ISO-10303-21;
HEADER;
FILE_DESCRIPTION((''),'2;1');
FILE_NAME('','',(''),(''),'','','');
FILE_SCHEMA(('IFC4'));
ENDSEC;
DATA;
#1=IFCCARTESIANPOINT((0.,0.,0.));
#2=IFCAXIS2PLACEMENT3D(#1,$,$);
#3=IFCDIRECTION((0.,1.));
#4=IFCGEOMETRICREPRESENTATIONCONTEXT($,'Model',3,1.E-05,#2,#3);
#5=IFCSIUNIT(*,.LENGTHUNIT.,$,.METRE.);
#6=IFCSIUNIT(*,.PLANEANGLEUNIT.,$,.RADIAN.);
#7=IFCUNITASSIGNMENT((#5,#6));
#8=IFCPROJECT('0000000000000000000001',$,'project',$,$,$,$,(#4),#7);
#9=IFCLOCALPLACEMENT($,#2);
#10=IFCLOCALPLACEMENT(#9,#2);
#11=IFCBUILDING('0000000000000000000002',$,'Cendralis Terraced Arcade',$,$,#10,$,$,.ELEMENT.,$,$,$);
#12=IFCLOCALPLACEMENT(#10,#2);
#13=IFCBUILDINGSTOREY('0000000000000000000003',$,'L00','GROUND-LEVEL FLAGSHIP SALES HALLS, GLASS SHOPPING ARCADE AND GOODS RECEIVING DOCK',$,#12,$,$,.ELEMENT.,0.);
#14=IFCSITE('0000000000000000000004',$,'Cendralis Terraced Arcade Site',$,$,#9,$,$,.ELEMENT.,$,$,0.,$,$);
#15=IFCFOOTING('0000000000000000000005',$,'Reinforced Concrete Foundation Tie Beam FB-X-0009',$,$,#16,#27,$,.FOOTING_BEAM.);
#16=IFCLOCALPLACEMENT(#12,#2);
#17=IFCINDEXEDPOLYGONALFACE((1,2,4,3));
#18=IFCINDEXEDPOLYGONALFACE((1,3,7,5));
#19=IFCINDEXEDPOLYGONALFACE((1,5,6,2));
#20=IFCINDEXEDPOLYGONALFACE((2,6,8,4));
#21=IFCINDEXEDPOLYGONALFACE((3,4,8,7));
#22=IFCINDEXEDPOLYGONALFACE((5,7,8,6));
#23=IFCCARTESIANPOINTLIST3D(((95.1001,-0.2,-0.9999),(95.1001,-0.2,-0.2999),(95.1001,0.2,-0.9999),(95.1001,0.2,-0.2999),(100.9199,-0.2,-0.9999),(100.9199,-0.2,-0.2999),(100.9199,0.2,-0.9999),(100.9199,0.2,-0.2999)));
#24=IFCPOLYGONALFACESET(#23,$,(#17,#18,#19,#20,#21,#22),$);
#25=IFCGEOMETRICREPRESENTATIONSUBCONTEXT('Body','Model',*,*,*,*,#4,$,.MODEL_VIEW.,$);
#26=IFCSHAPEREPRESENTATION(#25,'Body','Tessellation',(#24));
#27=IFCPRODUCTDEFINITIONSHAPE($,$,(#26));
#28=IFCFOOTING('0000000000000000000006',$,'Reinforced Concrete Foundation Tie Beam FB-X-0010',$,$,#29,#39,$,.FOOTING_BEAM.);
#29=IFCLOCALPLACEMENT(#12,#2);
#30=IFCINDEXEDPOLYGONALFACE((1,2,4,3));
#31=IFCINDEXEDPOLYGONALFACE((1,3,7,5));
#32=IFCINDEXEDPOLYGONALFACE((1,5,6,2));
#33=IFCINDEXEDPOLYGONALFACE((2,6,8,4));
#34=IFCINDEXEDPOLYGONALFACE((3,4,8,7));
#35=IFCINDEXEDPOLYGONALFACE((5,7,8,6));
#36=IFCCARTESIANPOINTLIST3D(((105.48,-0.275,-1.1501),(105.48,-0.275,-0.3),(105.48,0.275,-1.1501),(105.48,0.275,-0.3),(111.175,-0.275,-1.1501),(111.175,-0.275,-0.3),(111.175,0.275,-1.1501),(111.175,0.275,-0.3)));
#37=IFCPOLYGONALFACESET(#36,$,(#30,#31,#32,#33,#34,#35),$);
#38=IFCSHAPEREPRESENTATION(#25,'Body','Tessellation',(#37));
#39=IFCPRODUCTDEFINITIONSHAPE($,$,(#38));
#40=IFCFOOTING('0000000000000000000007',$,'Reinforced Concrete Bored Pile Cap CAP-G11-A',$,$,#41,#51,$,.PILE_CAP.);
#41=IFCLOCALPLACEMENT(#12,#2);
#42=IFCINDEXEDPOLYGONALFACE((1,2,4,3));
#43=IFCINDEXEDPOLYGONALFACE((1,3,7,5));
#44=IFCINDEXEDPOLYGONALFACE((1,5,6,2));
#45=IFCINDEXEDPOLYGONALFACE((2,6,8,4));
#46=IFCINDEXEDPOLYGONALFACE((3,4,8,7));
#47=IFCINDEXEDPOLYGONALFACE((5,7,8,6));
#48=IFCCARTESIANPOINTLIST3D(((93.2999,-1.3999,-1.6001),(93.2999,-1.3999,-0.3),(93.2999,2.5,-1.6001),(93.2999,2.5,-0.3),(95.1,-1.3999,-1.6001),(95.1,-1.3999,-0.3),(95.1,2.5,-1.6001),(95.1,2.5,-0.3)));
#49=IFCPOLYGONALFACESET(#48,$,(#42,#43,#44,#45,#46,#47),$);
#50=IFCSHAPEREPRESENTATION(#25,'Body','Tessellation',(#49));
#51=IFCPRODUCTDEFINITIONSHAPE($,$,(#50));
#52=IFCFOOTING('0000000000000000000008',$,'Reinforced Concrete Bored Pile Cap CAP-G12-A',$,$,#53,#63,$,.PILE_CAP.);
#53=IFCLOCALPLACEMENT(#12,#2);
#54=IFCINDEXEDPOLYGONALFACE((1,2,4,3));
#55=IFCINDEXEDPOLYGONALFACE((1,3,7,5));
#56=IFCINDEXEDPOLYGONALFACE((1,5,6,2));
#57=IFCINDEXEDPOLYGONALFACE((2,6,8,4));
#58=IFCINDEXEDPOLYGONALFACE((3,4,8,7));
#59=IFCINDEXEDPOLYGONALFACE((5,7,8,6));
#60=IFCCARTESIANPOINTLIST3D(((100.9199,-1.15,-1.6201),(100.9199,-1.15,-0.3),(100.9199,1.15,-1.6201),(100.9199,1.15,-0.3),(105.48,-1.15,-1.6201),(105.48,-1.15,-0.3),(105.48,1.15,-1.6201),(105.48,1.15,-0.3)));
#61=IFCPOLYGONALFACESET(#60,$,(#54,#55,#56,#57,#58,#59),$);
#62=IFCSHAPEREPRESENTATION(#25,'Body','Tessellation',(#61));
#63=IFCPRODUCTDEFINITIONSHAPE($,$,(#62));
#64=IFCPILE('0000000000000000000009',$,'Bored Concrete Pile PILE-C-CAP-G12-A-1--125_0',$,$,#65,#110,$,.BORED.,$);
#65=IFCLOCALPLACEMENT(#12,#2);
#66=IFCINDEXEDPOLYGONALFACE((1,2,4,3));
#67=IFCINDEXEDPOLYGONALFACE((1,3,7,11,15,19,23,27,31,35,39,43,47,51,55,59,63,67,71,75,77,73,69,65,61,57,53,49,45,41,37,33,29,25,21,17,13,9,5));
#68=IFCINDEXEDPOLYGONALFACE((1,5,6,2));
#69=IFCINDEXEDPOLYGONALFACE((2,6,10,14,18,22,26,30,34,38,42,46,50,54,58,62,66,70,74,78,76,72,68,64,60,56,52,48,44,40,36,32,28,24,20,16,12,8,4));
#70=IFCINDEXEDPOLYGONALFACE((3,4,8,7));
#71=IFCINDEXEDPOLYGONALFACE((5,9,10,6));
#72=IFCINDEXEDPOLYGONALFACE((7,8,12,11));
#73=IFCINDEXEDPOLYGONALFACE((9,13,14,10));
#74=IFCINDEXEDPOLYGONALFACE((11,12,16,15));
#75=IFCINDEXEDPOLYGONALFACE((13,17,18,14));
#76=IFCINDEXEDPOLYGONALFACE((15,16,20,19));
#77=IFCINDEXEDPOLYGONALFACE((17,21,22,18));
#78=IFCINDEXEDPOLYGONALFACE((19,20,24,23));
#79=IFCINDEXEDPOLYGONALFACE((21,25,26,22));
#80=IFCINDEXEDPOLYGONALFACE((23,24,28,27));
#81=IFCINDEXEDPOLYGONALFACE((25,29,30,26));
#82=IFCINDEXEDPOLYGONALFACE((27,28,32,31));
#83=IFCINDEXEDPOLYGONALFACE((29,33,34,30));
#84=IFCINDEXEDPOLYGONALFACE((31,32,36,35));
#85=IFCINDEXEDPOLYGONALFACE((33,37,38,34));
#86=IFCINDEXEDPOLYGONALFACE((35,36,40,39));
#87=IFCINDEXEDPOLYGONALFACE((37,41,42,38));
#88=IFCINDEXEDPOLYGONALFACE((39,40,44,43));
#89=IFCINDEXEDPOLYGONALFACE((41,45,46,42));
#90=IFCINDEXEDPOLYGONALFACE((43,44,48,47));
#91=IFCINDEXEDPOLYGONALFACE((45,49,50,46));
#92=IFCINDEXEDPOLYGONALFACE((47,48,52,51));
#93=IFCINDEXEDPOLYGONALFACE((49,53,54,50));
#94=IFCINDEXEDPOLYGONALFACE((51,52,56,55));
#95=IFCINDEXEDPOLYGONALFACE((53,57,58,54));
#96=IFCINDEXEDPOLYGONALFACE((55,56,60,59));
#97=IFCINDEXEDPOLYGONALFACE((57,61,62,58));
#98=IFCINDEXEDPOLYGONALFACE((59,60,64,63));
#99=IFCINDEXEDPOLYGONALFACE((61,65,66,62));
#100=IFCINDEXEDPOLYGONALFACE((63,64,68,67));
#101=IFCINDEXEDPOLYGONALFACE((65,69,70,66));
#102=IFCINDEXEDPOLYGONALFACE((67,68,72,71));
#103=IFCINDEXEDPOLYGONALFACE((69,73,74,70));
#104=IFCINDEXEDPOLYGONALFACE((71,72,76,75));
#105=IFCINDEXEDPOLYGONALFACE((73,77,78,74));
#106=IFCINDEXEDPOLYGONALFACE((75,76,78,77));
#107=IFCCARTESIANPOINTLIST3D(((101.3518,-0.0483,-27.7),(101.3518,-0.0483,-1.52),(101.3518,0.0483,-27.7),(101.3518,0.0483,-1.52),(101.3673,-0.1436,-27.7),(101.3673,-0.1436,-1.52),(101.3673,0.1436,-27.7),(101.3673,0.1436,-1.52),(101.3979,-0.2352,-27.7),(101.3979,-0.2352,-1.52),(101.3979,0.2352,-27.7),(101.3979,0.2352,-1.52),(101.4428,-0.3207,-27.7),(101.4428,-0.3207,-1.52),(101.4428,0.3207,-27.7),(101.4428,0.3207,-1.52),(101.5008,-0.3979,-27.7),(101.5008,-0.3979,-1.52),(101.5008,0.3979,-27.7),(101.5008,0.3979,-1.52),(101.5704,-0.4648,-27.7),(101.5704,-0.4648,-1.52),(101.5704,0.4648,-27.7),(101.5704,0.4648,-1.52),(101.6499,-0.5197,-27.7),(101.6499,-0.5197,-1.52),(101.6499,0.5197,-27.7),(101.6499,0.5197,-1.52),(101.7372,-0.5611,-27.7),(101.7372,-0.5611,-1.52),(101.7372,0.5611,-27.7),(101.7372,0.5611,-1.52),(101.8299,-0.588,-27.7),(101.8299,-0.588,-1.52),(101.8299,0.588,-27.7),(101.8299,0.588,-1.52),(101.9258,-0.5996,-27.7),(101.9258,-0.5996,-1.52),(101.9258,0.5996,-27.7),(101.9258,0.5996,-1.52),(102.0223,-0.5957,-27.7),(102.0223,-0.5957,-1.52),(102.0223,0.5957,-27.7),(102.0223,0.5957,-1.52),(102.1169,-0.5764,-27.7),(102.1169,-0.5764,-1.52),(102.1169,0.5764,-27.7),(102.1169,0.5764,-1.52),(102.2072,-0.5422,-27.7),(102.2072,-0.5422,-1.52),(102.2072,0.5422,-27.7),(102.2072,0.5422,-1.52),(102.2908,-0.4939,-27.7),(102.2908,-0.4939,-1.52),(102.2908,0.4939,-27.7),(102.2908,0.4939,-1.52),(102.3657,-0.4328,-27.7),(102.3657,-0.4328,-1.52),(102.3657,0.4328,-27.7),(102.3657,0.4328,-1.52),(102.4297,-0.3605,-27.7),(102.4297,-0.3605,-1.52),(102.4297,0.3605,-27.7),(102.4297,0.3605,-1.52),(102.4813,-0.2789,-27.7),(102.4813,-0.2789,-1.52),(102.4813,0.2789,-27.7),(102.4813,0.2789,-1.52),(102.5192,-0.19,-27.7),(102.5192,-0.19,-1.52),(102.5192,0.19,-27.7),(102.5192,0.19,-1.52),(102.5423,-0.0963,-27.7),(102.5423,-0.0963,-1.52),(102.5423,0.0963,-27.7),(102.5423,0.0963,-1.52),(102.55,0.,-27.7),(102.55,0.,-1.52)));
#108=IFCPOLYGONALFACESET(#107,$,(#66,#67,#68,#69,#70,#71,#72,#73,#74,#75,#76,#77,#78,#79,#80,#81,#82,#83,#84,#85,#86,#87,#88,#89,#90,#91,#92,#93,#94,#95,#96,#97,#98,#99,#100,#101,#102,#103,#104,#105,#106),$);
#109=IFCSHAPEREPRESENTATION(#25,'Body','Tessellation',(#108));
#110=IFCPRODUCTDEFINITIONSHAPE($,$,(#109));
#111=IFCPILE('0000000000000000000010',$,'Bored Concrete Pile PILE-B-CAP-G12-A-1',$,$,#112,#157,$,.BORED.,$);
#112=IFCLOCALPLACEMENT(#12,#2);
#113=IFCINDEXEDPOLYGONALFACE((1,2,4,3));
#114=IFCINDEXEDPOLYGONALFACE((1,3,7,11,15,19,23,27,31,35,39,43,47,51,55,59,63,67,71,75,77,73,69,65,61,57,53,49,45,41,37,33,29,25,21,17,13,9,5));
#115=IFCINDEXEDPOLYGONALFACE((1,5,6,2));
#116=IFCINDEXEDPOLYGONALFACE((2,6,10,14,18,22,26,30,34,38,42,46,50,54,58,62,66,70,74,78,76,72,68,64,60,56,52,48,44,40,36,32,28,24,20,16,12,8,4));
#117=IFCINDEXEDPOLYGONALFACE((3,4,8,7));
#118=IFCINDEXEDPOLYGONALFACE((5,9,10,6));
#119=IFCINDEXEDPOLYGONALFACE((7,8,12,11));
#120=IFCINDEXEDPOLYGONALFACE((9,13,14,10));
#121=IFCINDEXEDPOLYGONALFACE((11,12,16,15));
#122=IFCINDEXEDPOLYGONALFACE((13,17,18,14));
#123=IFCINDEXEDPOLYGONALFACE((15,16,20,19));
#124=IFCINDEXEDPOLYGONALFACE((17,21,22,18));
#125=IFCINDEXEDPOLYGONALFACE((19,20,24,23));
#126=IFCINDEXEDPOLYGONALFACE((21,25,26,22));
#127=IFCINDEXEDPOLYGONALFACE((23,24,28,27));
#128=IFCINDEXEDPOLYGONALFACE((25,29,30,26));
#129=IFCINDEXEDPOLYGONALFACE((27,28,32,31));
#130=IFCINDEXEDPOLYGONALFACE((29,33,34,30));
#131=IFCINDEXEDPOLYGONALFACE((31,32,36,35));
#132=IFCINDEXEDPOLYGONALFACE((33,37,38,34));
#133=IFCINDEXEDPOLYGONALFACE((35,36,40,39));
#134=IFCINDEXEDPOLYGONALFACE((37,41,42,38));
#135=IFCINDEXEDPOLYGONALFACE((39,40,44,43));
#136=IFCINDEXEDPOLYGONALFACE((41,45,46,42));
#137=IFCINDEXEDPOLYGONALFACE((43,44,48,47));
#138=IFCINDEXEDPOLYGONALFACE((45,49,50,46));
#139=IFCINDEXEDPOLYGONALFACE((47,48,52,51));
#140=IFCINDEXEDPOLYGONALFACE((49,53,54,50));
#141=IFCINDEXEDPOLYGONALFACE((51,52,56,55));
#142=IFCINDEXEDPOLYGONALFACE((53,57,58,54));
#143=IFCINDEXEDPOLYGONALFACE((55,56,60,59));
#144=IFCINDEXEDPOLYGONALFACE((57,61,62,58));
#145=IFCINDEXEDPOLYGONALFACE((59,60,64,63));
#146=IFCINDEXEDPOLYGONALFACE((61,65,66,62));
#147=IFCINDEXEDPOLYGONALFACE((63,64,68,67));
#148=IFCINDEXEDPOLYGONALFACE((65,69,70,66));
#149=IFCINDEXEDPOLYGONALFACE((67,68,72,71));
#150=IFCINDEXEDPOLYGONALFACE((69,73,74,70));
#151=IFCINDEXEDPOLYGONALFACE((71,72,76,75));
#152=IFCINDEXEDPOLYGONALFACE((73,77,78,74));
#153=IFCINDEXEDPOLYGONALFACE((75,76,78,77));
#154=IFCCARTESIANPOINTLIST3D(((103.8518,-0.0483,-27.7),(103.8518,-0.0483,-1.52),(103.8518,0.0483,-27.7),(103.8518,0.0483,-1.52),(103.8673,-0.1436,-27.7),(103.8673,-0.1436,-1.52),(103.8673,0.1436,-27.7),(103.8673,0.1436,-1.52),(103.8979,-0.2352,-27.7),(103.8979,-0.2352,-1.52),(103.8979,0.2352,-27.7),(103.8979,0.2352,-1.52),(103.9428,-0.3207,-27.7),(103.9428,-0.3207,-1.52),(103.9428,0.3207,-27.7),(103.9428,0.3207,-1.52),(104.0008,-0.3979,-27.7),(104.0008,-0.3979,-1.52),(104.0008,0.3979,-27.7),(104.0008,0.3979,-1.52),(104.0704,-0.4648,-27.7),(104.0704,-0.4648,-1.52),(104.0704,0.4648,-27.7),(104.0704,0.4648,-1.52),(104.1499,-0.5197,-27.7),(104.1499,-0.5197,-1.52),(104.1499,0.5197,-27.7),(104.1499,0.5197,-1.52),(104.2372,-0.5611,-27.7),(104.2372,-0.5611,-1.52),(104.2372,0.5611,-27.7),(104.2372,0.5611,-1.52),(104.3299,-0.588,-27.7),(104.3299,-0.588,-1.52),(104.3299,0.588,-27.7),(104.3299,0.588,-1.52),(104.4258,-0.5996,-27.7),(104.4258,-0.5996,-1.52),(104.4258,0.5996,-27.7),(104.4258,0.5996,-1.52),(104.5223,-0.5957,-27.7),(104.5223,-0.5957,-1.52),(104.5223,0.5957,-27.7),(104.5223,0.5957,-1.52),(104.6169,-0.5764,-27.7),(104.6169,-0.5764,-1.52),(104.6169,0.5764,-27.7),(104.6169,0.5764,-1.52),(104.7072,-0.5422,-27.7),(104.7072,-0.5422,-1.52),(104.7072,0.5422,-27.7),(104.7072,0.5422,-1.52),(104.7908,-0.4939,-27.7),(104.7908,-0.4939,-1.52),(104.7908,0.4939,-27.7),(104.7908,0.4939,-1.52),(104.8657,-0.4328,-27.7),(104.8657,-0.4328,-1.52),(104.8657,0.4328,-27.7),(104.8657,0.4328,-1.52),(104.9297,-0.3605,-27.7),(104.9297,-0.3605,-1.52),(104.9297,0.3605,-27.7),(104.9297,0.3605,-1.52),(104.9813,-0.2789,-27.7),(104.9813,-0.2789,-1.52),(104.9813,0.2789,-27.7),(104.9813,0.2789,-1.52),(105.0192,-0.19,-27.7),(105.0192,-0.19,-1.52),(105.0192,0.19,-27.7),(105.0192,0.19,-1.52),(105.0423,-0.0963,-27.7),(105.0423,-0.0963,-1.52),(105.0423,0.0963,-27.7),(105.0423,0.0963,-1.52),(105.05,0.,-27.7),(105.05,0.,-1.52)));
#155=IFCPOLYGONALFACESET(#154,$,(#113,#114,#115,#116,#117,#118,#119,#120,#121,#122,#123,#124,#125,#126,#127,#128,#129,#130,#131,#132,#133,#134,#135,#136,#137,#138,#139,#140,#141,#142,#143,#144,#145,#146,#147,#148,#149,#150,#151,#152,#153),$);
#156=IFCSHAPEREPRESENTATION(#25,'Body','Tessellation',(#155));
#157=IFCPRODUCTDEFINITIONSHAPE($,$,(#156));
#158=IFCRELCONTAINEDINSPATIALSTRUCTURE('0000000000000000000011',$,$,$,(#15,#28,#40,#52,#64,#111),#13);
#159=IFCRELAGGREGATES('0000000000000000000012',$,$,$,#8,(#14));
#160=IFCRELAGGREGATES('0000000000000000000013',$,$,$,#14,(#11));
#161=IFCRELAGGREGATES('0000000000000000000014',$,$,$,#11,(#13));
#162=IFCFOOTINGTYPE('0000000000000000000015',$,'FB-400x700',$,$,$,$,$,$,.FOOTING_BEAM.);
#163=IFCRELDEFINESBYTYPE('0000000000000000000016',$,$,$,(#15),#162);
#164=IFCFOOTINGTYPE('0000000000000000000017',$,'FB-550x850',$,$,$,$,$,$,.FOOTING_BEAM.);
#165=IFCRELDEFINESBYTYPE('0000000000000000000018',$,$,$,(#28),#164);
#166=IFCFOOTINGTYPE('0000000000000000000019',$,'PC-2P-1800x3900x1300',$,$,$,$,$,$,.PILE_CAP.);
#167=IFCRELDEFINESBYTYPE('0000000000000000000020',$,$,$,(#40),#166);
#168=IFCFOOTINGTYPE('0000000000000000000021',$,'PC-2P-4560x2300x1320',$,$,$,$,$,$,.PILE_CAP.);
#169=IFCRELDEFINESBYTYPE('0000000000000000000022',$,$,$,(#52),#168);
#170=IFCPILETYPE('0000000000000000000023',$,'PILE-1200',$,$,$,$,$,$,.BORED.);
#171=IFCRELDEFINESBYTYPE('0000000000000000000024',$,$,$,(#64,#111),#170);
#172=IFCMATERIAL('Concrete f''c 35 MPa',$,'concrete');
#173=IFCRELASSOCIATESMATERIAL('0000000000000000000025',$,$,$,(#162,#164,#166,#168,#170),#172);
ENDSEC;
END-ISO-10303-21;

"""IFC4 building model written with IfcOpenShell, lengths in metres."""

from ifc_helpers import new_model, si_unit, direction, frame, origin, origin_2d, place, context, subcontext, project, spatial, rectangle, circle, extrude, material, material_profile, profile_set, type_object, element, save


model = new_model("IFC4")

# Units and contexts
model_context = context("Model", 3, precision=1e-05, world=origin(), true_north=direction((0.0, 1.0)))
body_context = subcontext(model_context, "Body", "Model", "MODEL_VIEW")
ifc_project = project(units=[si_unit("LENGTHUNIT", "METRE"), si_unit("PLANEANGLEUNIT", "RADIAN")], contexts=[model_context])

# Site, building, storey
site_placement = place(None, origin())
site = spatial("IfcSite", under=ifc_project, at=site_placement, Name="Cendralis Terraced Arcade Site", CompositionType="ELEMENT", RefElevation=0.0)
building_placement = place(site_placement, origin())
building = spatial("IfcBuilding", under=site, at=building_placement, Name="Cendralis Terraced Arcade", CompositionType="ELEMENT")
storey_placement = place(building_placement, origin())
storey = spatial("IfcBuildingStorey", under=building, at=storey_placement, Name="L00", Description="GROUND-LEVEL FLAGSHIP SALES HALLS, GLASS SHOPPING ARCADE AND GOODS RECEIVING DOCK", CompositionType="ELEMENT", Elevation=0.0)

# Footings
ifc_material_1 = material(Name="Concrete f'c 35 MPa", Category="concrete")
ifc_material_profile_1 = material_profile(ifc_material_1, rectangle(XDim=0.3999, YDim=0.7, at=origin_2d()), Name="FB-400x700", Category="LoadBearing")
ifc_profile_set_1 = profile_set([ifc_material_profile_1], Name="Concrete f'c 35 MPa")
footing_type_1 = type_object("IfcFootingType", Name="FB-400x700", PredefinedType="FOOTING_BEAM", material=ifc_profile_set_1)
footing_1_placement = place(storey_placement, frame((95.1001, 0.0, -0.6499), z_axis=(1.0, 0.0, 0.0), x_axis=(0.0, 1.0, 0.0)))
element("IfcFooting", 1, at=footing_1_placement, inside=storey, type_object=footing_type_1, Name="Reinforced Concrete Foundation Tie Beam FB-X-0009", PredefinedType="FOOTING_BEAM", context=body_context, shape_type="SweptSolid", body=[
    extrude(rectangle(XDim=0.3999, YDim=0.7, at=origin_2d()), origin(), (0.0, 0.0, 1.0), 5.8198),
])
ifc_material_profile_2 = material_profile(ifc_material_1, rectangle(XDim=0.55, YDim=0.8501, at=origin_2d()), Name="FB-550x850", Category="LoadBearing")
ifc_profile_set_2 = profile_set([ifc_material_profile_2], Name="Concrete f'c 35 MPa")
footing_type_2 = type_object("IfcFootingType", Name="FB-550x850", PredefinedType="FOOTING_BEAM", material=ifc_profile_set_2)
footing_2_placement = place(storey_placement, frame((105.48, 0.0, -0.7251), z_axis=(1.0, 0.0, 0.0), x_axis=(0.0, 1.0, 0.0)))
element("IfcFooting", 2, at=footing_2_placement, inside=storey, type_object=footing_type_2, Name="Reinforced Concrete Foundation Tie Beam FB-X-0010", PredefinedType="FOOTING_BEAM", context=body_context, shape_type="SweptSolid", body=[
    extrude(rectangle(XDim=0.55, YDim=0.8501, at=origin_2d()), origin(), (0.0, 0.0, 1.0), 5.6951),
])
footing_type_3 = type_object("IfcFootingType", Name="PC-2P-1800x3900x1300", PredefinedType="PILE_CAP", material=ifc_material_1)
footing_3_placement = place(storey_placement, frame((94.2, 0.55, -1.6001), z_axis=(0.0, 0.0, 1.0), x_axis=(1.0, 0.0, 0.0)))
element("IfcFooting", 3, at=footing_3_placement, inside=storey, type_object=footing_type_3, Name="Reinforced Concrete Bored Pile Cap CAP-G11-A", PredefinedType="PILE_CAP", context=body_context, shape_type="SweptSolid", body=[
    extrude(rectangle(XDim=1.8, YDim=3.8999, at=origin_2d()), origin(), (0.0, 0.0, 1.0), 1.3),
])
footing_type_4 = type_object("IfcFootingType", Name="PC-2P-4560x2300x1320", PredefinedType="PILE_CAP", material=ifc_material_1)
footing_4_placement = place(storey_placement, frame((103.2, 0.0, -1.6201), z_axis=(0.0, 0.0, 1.0), x_axis=(1.0, 0.0, 0.0)))
element("IfcFooting", 4, at=footing_4_placement, inside=storey, type_object=footing_type_4, Name="Reinforced Concrete Bored Pile Cap CAP-G12-A", PredefinedType="PILE_CAP", context=body_context, shape_type="SweptSolid", body=[
    extrude(rectangle(XDim=4.5601, YDim=2.3, at=origin_2d()), origin(), (0.0, 0.0, 1.0), 1.3201),
])

# Piles
ifc_material_profile_3 = material_profile(ifc_material_1, circle(Radius=0.6001, at=origin_2d()), Name="PILE-D1200", Category="LoadBearing")
ifc_profile_set_3 = profile_set([ifc_material_profile_3], Name="Concrete f'c 35 MPa")
pile_type_1 = type_object("IfcPileType", Name="PILE-1200", PredefinedType="BORED", material=ifc_profile_set_3)
for number, where, z_axis, x_axis, name in (
    (5, (101.95, 0.0, -1.52), (0.0, 0.0, -1.0), (1.0, 0.0, 0.0), "Bored Concrete Pile PILE-C-CAP-G12-A-1--125_0"),
    (6, (104.45, 0.0, -1.52), (0.0, 0.0, -1.0), (1.0, 0.0, 0.0), "Bored Concrete Pile PILE-B-CAP-G12-A-1"),
):
    element("IfcPile", number, at=place(storey_placement, frame(where, z_axis=z_axis, x_axis=x_axis)), inside=storey, type_object=pile_type_1, Name=name, PredefinedType="BORED", context=body_context, shape_type="SweptSolid", body=[
        extrude(circle(Radius=0.6001, at=origin_2d()), origin(), (0.0, 0.0, 1.0), 26.1799),
    ])

save(model, "model.ifc")
